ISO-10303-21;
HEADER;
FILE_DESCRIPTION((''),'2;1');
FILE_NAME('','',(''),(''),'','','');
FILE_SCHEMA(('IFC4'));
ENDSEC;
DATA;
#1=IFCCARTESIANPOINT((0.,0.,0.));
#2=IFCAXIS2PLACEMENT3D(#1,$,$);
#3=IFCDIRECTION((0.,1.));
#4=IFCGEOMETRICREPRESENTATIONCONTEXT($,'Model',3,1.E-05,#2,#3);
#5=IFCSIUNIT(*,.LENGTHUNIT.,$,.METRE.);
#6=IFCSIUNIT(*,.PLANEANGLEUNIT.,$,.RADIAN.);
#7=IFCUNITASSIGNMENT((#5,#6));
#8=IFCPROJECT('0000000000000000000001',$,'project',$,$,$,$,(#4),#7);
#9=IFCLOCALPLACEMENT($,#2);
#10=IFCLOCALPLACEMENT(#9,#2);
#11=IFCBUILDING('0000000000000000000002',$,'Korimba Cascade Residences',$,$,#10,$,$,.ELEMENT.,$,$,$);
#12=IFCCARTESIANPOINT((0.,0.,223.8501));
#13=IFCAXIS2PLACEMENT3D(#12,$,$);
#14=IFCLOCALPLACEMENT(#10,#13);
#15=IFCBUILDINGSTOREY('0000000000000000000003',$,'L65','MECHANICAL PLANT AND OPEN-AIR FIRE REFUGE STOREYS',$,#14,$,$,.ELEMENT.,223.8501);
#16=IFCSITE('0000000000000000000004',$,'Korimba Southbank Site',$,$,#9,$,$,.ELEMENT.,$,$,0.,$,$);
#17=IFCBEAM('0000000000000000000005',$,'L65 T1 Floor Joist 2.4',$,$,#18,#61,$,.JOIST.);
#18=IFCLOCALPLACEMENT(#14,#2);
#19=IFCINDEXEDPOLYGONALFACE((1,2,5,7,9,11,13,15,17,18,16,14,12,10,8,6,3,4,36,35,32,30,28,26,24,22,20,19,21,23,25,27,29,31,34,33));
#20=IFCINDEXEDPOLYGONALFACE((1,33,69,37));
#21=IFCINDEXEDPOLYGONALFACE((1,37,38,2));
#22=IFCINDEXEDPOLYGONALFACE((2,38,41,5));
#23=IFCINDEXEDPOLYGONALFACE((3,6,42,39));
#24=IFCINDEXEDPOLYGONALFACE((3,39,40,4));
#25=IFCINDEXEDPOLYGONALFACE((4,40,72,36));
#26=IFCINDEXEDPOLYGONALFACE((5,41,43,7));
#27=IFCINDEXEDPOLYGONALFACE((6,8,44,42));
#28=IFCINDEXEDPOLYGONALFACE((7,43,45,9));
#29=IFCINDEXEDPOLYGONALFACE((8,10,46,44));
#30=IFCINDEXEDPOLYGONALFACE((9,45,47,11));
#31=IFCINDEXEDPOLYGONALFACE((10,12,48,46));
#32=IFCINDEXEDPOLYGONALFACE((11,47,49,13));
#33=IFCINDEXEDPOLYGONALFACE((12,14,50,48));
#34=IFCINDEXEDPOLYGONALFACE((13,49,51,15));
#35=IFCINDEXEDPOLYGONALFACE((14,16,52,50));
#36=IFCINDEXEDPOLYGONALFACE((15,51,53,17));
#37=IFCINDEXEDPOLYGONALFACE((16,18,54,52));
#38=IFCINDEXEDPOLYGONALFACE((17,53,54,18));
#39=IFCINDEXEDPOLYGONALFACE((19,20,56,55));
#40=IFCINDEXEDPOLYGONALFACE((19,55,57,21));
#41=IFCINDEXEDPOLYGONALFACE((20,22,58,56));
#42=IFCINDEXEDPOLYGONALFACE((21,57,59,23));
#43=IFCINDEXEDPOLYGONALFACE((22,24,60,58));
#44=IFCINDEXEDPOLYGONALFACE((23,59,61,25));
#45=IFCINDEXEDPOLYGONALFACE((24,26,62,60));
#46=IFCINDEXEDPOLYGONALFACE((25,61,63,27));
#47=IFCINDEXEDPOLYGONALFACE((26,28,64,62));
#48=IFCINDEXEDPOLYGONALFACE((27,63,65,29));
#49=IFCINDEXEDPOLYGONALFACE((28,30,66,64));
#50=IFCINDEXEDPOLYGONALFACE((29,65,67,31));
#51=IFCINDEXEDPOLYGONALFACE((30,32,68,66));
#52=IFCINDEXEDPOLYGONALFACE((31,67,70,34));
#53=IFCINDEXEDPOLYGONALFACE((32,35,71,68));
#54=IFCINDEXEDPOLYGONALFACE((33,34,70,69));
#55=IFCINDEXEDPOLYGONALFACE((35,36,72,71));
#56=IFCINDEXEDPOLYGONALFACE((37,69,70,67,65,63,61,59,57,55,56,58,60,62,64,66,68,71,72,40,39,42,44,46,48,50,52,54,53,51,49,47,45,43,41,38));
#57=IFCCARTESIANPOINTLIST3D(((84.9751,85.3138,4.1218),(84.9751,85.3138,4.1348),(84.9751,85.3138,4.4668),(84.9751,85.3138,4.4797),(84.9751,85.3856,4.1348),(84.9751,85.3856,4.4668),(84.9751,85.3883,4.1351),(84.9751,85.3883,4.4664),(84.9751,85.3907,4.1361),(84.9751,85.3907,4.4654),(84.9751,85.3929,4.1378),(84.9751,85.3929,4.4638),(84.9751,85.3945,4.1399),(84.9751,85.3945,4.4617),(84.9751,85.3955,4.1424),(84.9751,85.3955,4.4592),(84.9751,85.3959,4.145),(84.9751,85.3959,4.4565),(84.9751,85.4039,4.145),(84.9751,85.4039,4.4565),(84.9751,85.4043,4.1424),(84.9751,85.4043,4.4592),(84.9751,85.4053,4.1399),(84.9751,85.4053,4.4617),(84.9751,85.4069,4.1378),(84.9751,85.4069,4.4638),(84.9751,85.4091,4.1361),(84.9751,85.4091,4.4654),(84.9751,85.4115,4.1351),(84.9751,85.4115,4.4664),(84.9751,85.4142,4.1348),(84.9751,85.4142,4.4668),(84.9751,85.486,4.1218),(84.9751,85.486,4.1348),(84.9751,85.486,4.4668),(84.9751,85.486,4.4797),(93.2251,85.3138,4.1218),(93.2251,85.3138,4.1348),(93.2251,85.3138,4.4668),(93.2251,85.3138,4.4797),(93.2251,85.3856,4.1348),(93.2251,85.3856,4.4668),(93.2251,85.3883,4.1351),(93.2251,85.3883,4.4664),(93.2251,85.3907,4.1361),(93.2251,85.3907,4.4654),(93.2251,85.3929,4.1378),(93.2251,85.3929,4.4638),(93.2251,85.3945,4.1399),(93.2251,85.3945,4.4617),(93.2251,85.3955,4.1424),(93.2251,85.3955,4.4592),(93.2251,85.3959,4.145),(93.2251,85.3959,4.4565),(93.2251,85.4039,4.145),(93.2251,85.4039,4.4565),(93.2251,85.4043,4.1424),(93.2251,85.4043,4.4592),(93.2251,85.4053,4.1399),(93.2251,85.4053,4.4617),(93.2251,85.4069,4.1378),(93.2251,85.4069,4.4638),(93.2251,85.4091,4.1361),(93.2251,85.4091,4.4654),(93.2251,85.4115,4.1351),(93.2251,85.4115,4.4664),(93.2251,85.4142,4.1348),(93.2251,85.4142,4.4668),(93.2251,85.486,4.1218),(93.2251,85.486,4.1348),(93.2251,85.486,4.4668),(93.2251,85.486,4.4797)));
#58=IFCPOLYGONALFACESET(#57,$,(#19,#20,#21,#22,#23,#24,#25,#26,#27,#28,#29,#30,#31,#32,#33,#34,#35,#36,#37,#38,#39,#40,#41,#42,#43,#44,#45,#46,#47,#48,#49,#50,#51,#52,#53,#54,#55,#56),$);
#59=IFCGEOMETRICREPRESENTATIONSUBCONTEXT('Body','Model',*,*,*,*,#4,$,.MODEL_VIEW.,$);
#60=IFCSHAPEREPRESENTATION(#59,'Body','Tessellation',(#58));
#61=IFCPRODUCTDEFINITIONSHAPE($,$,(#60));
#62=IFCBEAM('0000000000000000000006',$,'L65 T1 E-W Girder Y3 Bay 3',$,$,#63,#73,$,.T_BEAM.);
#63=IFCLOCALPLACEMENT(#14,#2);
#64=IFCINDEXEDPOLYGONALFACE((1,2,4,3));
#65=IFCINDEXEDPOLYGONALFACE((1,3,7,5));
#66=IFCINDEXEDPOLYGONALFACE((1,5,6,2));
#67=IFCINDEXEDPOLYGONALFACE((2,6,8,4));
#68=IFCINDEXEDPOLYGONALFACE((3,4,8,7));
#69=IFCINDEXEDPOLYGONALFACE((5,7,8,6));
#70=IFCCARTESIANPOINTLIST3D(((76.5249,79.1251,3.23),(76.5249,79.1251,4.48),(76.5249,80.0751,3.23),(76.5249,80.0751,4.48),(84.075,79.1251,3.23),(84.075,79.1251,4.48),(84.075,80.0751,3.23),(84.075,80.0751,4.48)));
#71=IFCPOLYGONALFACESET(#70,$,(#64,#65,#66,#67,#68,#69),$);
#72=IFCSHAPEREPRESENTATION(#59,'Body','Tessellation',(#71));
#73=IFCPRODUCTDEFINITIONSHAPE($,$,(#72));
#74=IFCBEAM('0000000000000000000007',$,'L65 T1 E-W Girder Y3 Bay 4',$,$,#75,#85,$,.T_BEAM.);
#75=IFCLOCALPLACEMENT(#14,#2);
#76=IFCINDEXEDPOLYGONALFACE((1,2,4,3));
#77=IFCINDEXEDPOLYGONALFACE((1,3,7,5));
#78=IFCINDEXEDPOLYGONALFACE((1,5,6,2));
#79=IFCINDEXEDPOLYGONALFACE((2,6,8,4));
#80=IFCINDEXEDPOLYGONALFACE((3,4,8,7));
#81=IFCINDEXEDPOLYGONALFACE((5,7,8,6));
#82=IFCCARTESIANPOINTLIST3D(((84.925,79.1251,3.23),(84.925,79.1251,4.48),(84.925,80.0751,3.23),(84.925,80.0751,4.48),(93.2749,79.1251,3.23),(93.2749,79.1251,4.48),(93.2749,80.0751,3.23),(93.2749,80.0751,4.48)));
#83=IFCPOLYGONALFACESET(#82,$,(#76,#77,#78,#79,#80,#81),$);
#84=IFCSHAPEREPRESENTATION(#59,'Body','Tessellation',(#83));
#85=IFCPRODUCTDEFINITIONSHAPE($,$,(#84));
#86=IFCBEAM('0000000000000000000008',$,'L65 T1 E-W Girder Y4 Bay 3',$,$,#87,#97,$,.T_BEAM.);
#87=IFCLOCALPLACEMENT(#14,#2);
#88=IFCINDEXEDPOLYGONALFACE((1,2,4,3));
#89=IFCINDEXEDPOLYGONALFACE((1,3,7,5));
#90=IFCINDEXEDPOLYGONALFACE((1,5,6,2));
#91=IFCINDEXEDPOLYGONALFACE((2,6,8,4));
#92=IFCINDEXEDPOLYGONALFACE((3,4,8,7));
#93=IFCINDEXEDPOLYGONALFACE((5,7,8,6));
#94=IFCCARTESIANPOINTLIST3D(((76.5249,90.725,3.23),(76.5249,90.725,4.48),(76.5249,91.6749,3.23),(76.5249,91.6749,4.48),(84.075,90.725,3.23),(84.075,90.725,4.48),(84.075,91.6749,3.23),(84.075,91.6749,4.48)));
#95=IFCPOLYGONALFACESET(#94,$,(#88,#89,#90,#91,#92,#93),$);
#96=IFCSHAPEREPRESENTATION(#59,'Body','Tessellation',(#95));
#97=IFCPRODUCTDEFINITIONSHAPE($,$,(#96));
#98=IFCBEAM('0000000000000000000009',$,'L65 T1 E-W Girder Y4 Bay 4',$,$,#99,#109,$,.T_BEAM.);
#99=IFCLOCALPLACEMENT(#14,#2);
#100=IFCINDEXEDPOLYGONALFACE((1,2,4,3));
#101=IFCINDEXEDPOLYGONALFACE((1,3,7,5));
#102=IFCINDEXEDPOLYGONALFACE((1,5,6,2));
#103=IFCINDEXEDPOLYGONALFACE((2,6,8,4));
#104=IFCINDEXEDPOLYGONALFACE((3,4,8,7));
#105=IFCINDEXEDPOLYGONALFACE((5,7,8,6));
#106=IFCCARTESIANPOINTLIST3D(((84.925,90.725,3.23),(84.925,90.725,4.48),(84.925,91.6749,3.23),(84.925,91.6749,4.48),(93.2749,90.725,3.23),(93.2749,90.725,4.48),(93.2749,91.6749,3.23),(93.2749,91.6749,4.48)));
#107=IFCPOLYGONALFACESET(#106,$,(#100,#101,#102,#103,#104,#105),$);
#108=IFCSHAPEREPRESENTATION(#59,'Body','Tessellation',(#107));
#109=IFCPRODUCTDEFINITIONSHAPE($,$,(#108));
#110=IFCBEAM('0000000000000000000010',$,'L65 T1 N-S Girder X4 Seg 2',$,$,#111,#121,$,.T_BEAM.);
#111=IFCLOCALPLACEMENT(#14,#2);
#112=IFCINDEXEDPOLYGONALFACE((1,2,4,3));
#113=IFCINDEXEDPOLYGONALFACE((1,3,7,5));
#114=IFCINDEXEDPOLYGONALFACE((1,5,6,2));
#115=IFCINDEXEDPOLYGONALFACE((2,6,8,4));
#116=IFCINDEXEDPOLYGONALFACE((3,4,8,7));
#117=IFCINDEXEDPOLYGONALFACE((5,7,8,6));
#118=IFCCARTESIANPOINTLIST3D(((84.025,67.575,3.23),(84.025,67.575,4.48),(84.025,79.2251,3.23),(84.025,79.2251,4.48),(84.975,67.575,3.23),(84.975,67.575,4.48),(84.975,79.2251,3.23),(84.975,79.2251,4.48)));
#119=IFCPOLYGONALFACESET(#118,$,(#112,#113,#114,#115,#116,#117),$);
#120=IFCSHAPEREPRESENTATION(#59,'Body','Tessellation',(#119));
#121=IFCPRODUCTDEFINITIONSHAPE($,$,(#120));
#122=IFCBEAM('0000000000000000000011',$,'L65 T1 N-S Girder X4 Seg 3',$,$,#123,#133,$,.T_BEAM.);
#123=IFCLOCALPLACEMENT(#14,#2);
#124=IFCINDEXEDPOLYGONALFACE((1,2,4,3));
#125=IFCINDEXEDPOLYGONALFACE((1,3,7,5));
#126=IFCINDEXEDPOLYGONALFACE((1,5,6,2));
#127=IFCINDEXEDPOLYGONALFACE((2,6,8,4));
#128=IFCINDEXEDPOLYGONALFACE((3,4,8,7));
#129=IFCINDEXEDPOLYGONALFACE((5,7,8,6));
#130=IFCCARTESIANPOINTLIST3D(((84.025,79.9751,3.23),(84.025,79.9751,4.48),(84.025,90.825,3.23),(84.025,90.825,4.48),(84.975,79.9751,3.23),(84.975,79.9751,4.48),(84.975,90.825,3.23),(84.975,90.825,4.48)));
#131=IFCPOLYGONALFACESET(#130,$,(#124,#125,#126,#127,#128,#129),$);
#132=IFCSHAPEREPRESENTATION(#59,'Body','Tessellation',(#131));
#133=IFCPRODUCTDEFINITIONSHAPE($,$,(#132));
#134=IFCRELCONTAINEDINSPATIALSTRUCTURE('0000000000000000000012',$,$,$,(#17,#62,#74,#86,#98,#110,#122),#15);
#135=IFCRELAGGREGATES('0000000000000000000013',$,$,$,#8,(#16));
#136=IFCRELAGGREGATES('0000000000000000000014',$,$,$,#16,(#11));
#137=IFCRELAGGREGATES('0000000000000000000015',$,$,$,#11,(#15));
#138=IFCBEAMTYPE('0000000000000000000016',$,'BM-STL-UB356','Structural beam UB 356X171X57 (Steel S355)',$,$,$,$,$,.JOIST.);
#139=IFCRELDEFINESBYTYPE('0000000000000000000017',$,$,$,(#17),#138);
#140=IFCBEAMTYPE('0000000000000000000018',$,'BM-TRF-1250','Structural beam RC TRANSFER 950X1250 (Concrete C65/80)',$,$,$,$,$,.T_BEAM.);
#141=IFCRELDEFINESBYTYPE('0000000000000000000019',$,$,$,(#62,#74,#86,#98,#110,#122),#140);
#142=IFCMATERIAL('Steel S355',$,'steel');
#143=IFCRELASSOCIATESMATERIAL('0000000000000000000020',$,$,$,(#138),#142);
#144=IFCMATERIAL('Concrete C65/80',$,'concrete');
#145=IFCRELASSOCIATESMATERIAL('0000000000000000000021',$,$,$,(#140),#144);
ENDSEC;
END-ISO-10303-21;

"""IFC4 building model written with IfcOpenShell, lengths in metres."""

from ifc_helpers import new_model, si_unit, direction, frame, origin, origin_2d, place, context, subcontext, project, spatial, rectangle, i_section, extrude, material, material_profile, profile_set, type_object, element, save


model = new_model("IFC4")

# Units and contexts
model_context = context("Model", 3, precision=1e-05, world=origin(), true_north=direction((0.0, 1.0)))
body_context = subcontext(model_context, "Body", "Model", "MODEL_VIEW")
ifc_project = project(units=[si_unit("LENGTHUNIT", "METRE"), si_unit("PLANEANGLEUNIT", "RADIAN")], contexts=[model_context])

# Site, building, storey
site_placement = place(None, origin())
site = spatial("IfcSite", under=ifc_project, at=site_placement, Name="Korimba Southbank Site", CompositionType="ELEMENT", RefElevation=0.0)
building_placement = place(site_placement, origin())
building = spatial("IfcBuilding", under=site, at=building_placement, Name="Korimba Cascade Residences", CompositionType="ELEMENT")
storey_placement = place(building_placement, frame((0.0, 0.0, 223.8501)))
storey = spatial("IfcBuildingStorey", under=building, at=storey_placement, Name="L65", Description="MECHANICAL PLANT AND OPEN-AIR FIRE REFUGE STOREYS", CompositionType="ELEMENT", Elevation=223.8501)

# Shared definitions
ifc_material_1 = material(Name="Concrete C65/80", Category="concrete")

# Beams
ifc_material_2 = material(Name="Steel S355", Category="steel")
ifc_material_profile_1 = material_profile(ifc_material_2, i_section(OverallWidth=0.1721, OverallDepth=0.3579, WebThickness=0.0081, FlangeThickness=0.0129, FilletRadius=0.0103, at=origin_2d()), Name="Steel S355")
ifc_profile_set_1 = profile_set([ifc_material_profile_1], Name="Steel S355")
beam_type_1 = type_object("IfcBeamType", Name="BM-STL-UB356", Description="Structural beam UB 356X171X57 (Steel S355)", PredefinedType="JOIST", material=ifc_profile_set_1)
beam_1_placement = place(storey_placement, frame((84.9751, 85.3999, 4.3008), z_axis=(1.0, 0.0, 0.0), x_axis=(0.0, 1.0, 0.0)))
element("IfcBeam", 1, at=beam_1_placement, inside=storey, type_object=beam_type_1, Name="L65 T1 Floor Joist 2.4", PredefinedType="JOIST", context=body_context, shape_type="SweptSolid", body=[
    extrude(i_section(OverallWidth=0.1721, OverallDepth=0.3579, WebThickness=0.0081, FlangeThickness=0.0129, FilletRadius=0.0103, at=origin_2d()), origin(), (0.0, 0.0, 1.0), 8.25),
])
ifc_material_profile_2 = material_profile(ifc_material_1, rectangle(XDim=0.95, YDim=1.25, at=origin_2d()), Name="Concrete C65/80")
ifc_profile_set_2 = profile_set([ifc_material_profile_2], Name="Concrete C65/80")
beam_type_2 = type_object("IfcBeamType", Name="BM-TRF-1250", Description="Structural beam RC TRANSFER 950X1250 (Concrete C65/80)", PredefinedType="T_BEAM", material=ifc_profile_set_2)
beam_2_placement = place(storey_placement, frame((76.5249, 79.6001, 3.855), z_axis=(1.0, 0.0, 0.0), x_axis=(0.0, 1.0, 0.0)))
element("IfcBeam", 2, at=beam_2_placement, inside=storey, type_object=beam_type_2, Name="L65 T1 E-W Girder Y3 Bay 3", PredefinedType="T_BEAM", context=body_context, shape_type="SweptSolid", body=[
    extrude(rectangle(XDim=0.95, YDim=1.25, at=origin_2d()), origin(), (0.0, 0.0, 1.0), 7.55),
])
beam_3_placement = place(storey_placement, frame((84.925, 79.6001, 3.855), z_axis=(1.0, 0.0, 0.0), x_axis=(0.0, 1.0, 0.0)))
element("IfcBeam", 3, at=beam_3_placement, inside=storey, type_object=beam_type_2, Name="L65 T1 E-W Girder Y3 Bay 4", PredefinedType="T_BEAM", context=body_context, shape_type="SweptSolid", body=[
    extrude(rectangle(XDim=0.95, YDim=1.25, at=origin_2d()), origin(), (0.0, 0.0, 1.0), 8.3499),
])
beam_4_placement = place(storey_placement, frame((76.5249, 91.2, 3.855), z_axis=(1.0, 0.0, 0.0), x_axis=(0.0, 1.0, 0.0)))
element("IfcBeam", 4, at=beam_4_placement, inside=storey, type_object=beam_type_2, Name="L65 T1 E-W Girder Y4 Bay 3", PredefinedType="T_BEAM", context=body_context, shape_type="SweptSolid", body=[
    extrude(rectangle(XDim=0.95, YDim=1.25, at=origin_2d()), origin(), (0.0, 0.0, 1.0), 7.55),
])
beam_5_placement = place(storey_placement, frame((84.925, 91.2, 3.855), z_axis=(1.0, 0.0, 0.0), x_axis=(0.0, 1.0, 0.0)))
element("IfcBeam", 5, at=beam_5_placement, inside=storey, type_object=beam_type_2, Name="L65 T1 E-W Girder Y4 Bay 4", PredefinedType="T_BEAM", context=body_context, shape_type="SweptSolid", body=[
    extrude(rectangle(XDim=0.95, YDim=1.25, at=origin_2d()), origin(), (0.0, 0.0, 1.0), 8.3499),
])
beam_6_placement = place(storey_placement, frame((84.5, 67.575, 3.855), z_axis=(0.0, 1.0, 0.0), x_axis=(-1.0, 0.0, 0.0)))
element("IfcBeam", 6, at=beam_6_placement, inside=storey, type_object=beam_type_2, Name="L65 T1 N-S Girder X4 Seg 2", PredefinedType="T_BEAM", context=body_context, shape_type="SweptSolid", body=[
    extrude(rectangle(XDim=0.95, YDim=1.25, at=origin_2d()), origin(), (0.0, 0.0, 1.0), 11.6501),
])
beam_7_placement = place(storey_placement, frame((84.5, 79.9751, 3.855), z_axis=(0.0, 1.0, 0.0), x_axis=(-1.0, 0.0, 0.0)))
element("IfcBeam", 7, at=beam_7_placement, inside=storey, type_object=beam_type_2, Name="L65 T1 N-S Girder X4 Seg 3", PredefinedType="T_BEAM", context=body_context, shape_type="SweptSolid", body=[
    extrude(rectangle(XDim=0.95, YDim=1.25, at=origin_2d()), origin(), (0.0, 0.0, 1.0), 10.8499),
])

save(model, "model.ifc")
